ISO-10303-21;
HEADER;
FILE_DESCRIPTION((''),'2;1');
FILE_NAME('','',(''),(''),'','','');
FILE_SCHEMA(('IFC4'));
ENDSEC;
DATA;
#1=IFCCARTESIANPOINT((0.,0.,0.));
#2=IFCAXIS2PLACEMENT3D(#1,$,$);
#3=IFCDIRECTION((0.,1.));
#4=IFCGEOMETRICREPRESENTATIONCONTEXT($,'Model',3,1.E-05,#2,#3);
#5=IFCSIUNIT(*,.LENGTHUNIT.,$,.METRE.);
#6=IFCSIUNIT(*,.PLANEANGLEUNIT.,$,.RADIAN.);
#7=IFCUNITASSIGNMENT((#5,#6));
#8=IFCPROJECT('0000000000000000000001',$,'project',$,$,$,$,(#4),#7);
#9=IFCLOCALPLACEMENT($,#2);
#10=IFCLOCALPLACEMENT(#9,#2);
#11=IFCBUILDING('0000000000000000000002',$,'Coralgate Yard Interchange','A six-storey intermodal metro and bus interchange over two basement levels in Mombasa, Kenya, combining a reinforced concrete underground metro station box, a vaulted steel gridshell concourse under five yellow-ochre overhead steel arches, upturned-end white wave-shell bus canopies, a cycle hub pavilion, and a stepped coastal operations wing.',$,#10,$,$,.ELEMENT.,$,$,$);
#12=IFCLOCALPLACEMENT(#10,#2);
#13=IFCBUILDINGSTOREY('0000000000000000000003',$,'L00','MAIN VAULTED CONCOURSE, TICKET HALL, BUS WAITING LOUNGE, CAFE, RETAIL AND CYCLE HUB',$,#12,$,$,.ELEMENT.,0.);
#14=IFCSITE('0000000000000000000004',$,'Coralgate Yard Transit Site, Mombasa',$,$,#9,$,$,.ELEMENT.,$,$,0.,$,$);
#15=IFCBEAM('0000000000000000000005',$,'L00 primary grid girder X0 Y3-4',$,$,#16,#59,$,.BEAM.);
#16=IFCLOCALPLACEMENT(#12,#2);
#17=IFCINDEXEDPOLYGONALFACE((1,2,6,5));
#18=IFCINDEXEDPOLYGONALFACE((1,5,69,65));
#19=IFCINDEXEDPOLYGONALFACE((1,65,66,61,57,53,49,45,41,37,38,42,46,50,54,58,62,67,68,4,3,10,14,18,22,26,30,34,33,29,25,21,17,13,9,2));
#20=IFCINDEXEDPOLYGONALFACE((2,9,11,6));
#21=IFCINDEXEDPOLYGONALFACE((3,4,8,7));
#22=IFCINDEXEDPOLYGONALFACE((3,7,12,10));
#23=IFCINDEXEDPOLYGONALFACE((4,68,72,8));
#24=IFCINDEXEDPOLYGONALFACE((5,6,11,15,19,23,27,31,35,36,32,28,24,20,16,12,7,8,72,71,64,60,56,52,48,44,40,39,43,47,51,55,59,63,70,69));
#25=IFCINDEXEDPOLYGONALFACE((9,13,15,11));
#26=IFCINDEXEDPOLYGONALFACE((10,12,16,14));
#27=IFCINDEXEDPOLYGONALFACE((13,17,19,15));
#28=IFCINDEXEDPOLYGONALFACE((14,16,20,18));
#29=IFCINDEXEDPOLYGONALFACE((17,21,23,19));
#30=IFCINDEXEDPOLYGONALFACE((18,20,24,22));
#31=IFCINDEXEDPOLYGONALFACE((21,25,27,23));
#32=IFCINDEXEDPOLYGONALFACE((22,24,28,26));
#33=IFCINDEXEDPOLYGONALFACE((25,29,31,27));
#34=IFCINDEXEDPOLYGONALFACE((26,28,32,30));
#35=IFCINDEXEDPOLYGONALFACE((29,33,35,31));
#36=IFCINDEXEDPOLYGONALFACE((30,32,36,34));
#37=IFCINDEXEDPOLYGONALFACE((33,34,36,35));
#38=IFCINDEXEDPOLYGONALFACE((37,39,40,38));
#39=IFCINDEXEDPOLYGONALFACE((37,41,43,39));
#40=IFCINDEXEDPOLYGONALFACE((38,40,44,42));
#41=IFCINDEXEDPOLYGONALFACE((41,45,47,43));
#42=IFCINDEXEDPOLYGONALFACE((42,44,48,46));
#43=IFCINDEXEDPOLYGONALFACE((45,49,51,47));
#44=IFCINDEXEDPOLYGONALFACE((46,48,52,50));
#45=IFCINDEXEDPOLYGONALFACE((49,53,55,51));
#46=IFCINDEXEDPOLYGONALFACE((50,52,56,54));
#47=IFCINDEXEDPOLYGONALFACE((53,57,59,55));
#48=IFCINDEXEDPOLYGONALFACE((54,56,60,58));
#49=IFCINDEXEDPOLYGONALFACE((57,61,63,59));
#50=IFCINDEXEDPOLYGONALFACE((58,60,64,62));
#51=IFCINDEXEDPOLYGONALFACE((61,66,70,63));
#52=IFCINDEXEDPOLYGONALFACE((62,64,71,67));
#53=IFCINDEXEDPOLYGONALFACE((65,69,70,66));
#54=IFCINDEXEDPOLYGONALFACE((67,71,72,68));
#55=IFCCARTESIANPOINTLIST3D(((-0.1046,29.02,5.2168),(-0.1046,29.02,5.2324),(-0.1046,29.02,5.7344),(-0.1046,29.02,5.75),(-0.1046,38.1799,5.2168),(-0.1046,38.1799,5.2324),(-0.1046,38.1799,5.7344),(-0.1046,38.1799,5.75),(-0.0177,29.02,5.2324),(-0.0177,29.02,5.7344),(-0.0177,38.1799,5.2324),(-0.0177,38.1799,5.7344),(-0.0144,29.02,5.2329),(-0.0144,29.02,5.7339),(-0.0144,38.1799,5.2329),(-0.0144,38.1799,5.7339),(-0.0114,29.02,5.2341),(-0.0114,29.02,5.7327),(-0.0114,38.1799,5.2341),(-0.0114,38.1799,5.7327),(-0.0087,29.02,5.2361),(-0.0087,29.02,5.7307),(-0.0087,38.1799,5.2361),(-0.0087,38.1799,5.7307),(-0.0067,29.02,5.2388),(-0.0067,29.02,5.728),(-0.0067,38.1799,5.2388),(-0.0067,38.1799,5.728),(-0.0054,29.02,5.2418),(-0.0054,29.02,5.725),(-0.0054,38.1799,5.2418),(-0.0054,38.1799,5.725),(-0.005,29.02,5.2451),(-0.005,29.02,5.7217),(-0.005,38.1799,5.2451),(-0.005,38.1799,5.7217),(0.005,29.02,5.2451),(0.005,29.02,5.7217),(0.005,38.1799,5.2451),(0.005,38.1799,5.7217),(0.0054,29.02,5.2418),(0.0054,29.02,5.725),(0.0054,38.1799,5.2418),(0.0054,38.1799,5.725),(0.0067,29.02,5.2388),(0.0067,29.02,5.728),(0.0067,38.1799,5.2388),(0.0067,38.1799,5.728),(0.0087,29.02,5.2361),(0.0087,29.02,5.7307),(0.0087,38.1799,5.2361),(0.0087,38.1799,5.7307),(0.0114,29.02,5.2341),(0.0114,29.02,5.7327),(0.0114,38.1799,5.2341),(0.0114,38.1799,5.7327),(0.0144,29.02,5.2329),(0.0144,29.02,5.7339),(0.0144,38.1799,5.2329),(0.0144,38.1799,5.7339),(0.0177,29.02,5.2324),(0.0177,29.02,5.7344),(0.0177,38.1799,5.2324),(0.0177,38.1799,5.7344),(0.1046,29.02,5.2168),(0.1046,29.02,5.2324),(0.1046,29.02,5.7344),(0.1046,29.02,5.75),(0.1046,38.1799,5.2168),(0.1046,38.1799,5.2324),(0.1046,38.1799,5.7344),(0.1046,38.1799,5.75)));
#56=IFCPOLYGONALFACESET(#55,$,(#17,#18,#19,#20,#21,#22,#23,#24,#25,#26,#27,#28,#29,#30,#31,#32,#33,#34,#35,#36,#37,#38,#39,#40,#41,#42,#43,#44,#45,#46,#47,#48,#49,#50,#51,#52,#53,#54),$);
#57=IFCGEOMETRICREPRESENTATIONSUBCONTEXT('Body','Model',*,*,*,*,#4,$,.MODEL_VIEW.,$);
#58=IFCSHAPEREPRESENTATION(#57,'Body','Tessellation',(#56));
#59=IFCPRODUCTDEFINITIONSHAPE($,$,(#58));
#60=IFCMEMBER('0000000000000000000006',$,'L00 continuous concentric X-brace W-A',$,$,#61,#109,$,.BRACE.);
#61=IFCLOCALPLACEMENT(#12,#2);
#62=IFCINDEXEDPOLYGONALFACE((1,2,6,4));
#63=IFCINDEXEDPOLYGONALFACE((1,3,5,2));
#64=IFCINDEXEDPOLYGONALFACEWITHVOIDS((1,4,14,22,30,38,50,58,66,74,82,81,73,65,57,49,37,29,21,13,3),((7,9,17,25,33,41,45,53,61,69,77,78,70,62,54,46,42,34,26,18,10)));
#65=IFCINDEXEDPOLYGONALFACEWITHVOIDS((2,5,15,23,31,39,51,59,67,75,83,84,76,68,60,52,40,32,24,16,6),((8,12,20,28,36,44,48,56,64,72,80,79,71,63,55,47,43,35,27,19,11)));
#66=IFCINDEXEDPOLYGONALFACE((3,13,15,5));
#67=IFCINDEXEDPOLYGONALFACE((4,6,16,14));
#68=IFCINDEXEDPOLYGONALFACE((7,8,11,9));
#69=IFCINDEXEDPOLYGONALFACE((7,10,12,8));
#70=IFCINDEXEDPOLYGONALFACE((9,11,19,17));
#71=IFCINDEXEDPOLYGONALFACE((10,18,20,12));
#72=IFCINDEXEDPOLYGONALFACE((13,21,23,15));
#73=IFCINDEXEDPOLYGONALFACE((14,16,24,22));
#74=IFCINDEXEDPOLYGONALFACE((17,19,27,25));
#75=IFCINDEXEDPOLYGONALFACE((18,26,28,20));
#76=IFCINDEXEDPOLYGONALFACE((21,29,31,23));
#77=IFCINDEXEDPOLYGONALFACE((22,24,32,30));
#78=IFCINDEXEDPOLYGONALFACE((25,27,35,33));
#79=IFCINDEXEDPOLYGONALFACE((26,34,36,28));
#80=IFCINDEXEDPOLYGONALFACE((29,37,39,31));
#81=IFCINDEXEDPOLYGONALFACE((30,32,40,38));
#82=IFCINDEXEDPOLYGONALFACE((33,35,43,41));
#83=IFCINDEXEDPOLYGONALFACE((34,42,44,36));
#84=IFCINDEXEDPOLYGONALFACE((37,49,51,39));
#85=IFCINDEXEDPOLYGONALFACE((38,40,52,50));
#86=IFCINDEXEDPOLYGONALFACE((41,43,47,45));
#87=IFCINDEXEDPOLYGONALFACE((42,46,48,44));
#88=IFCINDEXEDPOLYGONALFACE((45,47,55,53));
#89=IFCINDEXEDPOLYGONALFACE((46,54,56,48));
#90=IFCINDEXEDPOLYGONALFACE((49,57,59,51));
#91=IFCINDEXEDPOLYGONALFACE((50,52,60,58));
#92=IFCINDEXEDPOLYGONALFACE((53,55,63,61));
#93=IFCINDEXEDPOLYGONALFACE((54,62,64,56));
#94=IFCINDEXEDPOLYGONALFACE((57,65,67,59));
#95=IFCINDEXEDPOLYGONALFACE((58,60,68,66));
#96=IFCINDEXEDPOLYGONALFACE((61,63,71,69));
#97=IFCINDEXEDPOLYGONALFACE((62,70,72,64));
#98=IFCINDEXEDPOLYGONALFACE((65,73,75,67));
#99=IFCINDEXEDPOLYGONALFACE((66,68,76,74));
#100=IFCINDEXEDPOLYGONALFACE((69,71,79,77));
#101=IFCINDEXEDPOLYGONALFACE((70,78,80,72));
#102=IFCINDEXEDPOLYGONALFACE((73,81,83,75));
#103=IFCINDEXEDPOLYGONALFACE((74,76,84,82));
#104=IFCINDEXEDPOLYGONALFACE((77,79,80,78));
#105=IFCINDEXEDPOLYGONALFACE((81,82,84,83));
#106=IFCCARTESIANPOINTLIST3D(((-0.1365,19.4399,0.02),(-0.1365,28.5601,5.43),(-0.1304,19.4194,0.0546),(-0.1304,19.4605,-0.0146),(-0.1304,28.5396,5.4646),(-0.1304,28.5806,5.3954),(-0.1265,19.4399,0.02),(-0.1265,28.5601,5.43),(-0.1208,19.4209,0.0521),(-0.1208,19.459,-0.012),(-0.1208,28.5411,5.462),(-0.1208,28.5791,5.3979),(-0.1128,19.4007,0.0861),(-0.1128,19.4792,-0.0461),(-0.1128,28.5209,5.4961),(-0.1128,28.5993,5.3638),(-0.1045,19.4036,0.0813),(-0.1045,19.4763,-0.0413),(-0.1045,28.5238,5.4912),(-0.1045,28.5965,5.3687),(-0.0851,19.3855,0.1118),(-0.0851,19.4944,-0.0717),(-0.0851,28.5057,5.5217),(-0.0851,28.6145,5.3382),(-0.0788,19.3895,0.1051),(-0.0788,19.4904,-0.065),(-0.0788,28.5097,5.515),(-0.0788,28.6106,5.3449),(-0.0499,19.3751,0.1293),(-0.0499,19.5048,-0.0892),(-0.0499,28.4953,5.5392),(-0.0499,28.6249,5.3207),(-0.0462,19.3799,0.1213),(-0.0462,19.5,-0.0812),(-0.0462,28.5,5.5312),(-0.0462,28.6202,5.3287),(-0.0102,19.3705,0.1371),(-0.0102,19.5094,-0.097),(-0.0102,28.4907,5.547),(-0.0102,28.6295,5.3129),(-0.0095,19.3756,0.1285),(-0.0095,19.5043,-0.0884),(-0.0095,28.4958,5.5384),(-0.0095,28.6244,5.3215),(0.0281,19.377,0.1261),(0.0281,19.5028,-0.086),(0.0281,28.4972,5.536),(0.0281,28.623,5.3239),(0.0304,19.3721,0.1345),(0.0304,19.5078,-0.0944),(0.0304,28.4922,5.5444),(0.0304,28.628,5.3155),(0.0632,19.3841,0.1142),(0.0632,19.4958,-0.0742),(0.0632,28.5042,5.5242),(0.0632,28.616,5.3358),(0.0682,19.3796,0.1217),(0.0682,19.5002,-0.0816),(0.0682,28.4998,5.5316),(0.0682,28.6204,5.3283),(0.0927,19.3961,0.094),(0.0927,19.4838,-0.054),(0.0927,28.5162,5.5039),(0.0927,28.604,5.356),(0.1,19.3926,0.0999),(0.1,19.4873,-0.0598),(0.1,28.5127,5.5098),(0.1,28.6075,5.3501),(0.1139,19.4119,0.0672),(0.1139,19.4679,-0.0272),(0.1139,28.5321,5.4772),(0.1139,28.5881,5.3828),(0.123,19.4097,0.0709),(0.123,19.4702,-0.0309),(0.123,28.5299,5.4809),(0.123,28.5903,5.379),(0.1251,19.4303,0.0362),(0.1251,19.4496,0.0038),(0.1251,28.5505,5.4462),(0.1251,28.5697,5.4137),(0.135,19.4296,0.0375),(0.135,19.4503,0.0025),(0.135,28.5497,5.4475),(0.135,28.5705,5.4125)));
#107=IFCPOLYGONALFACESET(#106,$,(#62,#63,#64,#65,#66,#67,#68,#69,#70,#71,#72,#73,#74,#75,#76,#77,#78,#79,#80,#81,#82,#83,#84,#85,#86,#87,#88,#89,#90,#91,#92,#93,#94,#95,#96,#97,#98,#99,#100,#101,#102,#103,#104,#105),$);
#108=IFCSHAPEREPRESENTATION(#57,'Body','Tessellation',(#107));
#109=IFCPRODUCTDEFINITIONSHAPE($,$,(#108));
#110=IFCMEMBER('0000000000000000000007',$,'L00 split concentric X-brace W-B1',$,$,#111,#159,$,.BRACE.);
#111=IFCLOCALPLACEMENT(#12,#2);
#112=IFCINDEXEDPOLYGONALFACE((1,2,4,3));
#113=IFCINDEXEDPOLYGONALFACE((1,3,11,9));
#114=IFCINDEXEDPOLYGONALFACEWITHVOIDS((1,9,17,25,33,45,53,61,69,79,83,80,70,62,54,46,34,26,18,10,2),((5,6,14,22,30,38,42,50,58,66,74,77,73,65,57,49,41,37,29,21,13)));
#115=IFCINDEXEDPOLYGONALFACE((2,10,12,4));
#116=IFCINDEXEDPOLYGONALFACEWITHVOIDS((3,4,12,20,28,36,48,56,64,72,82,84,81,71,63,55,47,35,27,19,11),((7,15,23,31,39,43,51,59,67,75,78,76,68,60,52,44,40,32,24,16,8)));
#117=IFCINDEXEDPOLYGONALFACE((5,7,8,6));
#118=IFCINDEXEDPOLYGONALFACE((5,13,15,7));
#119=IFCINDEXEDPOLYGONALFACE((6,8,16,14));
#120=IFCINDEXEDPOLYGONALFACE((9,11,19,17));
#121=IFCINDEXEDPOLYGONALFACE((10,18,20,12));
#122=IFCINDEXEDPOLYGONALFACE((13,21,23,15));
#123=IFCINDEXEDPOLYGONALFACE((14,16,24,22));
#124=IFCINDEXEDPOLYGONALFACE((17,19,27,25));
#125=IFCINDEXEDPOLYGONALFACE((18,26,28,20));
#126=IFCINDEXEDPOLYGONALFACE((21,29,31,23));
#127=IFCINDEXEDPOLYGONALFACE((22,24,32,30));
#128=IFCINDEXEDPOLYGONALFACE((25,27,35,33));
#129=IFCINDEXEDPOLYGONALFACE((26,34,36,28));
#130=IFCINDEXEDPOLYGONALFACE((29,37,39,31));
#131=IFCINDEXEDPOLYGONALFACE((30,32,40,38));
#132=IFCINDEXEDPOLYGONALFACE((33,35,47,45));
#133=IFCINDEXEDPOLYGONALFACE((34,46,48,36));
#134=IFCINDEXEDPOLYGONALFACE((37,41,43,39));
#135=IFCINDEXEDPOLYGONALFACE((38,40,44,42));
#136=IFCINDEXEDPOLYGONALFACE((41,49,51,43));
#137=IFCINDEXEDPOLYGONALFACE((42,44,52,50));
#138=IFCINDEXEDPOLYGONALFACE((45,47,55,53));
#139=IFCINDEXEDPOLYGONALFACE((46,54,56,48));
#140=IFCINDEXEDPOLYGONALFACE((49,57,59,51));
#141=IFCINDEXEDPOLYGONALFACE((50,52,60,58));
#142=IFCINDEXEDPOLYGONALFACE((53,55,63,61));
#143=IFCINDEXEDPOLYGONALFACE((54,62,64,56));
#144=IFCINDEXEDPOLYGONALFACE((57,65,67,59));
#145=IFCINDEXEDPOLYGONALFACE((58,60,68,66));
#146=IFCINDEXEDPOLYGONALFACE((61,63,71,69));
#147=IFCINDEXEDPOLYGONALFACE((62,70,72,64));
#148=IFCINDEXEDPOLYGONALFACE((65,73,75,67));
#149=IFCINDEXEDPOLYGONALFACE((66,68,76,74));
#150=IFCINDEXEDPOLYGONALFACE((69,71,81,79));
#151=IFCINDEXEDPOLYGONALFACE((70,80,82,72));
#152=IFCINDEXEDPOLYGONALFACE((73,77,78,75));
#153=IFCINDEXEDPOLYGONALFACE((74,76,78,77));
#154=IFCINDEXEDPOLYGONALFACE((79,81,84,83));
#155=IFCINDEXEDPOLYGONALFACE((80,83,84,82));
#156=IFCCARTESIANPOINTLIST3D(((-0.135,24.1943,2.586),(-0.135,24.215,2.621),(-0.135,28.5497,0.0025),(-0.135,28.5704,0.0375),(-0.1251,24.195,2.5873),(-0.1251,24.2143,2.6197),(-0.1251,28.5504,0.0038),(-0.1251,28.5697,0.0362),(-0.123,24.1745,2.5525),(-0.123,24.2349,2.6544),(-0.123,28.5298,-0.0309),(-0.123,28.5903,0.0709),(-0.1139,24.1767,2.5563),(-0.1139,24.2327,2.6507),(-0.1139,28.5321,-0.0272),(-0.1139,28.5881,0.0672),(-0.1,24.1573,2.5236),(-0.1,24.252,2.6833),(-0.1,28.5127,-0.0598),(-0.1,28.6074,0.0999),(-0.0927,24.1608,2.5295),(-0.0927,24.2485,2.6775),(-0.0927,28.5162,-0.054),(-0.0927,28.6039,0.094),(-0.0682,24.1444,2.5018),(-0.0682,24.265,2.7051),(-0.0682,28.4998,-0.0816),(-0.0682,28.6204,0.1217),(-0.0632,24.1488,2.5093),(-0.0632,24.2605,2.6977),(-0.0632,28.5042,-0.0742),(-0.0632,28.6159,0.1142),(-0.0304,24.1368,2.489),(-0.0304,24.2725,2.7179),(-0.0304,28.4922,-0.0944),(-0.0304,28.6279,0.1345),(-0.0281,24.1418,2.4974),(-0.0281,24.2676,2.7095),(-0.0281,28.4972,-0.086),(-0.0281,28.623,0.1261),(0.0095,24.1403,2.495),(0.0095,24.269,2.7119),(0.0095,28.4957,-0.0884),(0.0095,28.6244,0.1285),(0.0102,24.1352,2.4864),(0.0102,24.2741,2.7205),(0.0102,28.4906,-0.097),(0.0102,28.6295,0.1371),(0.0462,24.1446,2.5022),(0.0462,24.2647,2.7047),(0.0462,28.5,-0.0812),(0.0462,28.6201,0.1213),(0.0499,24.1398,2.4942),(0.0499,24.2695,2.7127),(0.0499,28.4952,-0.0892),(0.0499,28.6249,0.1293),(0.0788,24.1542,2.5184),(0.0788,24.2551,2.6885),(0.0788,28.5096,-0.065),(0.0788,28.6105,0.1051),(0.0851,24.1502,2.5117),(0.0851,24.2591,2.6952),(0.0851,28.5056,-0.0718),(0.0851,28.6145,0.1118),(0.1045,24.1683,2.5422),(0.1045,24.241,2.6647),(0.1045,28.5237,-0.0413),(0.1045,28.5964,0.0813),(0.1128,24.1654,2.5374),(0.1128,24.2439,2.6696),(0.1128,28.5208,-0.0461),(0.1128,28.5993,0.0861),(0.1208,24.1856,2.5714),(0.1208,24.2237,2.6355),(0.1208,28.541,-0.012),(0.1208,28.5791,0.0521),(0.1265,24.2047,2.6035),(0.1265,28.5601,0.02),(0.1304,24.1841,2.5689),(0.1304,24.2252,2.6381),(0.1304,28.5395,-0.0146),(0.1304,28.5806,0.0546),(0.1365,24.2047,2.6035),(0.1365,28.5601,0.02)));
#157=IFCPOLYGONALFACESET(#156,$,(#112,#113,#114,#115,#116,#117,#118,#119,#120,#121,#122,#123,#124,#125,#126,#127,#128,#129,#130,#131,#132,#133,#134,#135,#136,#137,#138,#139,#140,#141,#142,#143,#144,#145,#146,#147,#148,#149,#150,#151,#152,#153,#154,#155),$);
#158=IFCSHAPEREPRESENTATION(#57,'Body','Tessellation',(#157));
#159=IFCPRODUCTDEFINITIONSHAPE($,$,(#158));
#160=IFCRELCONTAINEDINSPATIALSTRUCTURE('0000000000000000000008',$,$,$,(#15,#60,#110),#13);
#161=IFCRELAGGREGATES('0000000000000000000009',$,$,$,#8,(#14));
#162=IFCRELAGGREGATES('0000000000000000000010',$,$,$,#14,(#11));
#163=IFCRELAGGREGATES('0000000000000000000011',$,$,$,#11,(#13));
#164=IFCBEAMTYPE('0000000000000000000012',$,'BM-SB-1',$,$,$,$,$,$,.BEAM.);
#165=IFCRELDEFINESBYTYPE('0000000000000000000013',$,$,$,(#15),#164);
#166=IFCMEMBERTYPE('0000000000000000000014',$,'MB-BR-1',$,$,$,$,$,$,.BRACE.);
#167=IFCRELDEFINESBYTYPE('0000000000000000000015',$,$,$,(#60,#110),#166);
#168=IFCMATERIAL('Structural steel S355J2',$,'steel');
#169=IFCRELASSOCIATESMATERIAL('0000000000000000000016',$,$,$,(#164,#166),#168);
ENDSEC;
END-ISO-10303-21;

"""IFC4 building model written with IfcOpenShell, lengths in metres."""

from ifc_helpers import new_model, si_unit, direction, frame, origin, origin_2d, place, context, subcontext, project, spatial, hollow_circle, i_section, extrude, material, material_profile, profile_set, type_object, element, save


model = new_model("IFC4")

# Units and contexts
model_context = context("Model", 3, precision=1e-05, world=origin(), true_north=direction((0.0, 1.0)))
body_context = subcontext(model_context, "Body", "Model", "MODEL_VIEW")
ifc_project = project(units=[si_unit("LENGTHUNIT", "METRE"), si_unit("PLANEANGLEUNIT", "RADIAN")], contexts=[model_context])

# Site, building, storey
site_placement = place(None, origin())
site = spatial("IfcSite", under=ifc_project, at=site_placement, Name="Coralgate Yard Transit Site, Mombasa", CompositionType="ELEMENT", RefElevation=0.0)
building_placement = place(site_placement, origin())
building = spatial("IfcBuilding", under=site, at=building_placement, Name="Coralgate Yard Interchange", Description="A six-storey intermodal metro and bus interchange over two basement levels in Mombasa, Kenya, combining a reinforced concrete underground metro station box, a vaulted steel gridshell concourse under five yellow-ochre overhead steel arches, upturned-end white wave-shell bus canopies, a cycle hub pavilion, and a stepped coastal operations wing.", CompositionType="ELEMENT")
storey_placement = place(building_placement, origin())
storey = spatial("IfcBuildingStorey", under=building, at=storey_placement, Name="L00", Description="MAIN VAULTED CONCOURSE, TICKET HALL, BUS WAITING LOUNGE, CAFE, RETAIL AND CYCLE HUB", CompositionType="ELEMENT", Elevation=0.0)

# Shared definitions
ifc_material_1 = material(Name="Structural steel S355J2", Category="steel")

# Beam
ifc_material_profile_1 = material_profile(ifc_material_1, i_section(OverallWidth=0.2092, OverallDepth=0.5332, WebThickness=0.01, FlangeThickness=0.0156, FilletRadius=0.0127, at=origin_2d()), Name="UB 533x210x92")
ifc_profile_set_1 = profile_set([ifc_material_profile_1], Name="Structural steel S355J2")
beam_type = type_object("IfcBeamType", Name="BM-SB-1", PredefinedType="BEAM", material=ifc_profile_set_1)
beam_1_placement = place(storey_placement, frame((0.0, 29.02, 5.4834), z_axis=(0.0, 1.0, 0.0), x_axis=(-1.0, 0.0, 0.0)))
element("IfcBeam", 1, at=beam_1_placement, inside=storey, type_object=beam_type, Name="L00 primary grid girder X0 Y3-4", PredefinedType="BEAM", context=body_context, shape_type="SweptSolid", body=[
    extrude(i_section(OverallWidth=0.2092, OverallDepth=0.5332, WebThickness=0.01, FlangeThickness=0.0156, FilletRadius=0.0127, at=origin_2d()), origin(), (0.0, 0.0, 1.0), 9.1599),
])

# Members
ifc_material_profile_2 = material_profile(ifc_material_1, hollow_circle(Radius=0.1365, WallThickness=0.01, at=origin_2d()), Name="CHS 273x10")
ifc_profile_set_2 = profile_set([ifc_material_profile_2], Name="Structural steel S355J2")
member_type_1 = type_object("IfcMemberType", Name="MB-BR-1", PredefinedType="BRACE", material=ifc_profile_set_2)
member_1_placement = place(storey_placement, frame((0.0, 19.4399, 0.02), z_axis=(0.0, 0.860068, 0.510179), x_axis=(-1.0, 0.0, 0.0)))
element("IfcMember", 2, at=member_1_placement, inside=storey, type_object=member_type_1, Name="L00 continuous concentric X-brace W-A", PredefinedType="BRACE", context=body_context, shape_type="SweptSolid", body=[
    extrude(hollow_circle(Radius=0.1365, WallThickness=0.01, at=origin_2d()), origin(), (0.0, 0.0, 1.0), 10.604),
])
for number, where, z_axis, x_axis, name in (
    (3, (0.0, 28.5601, 0.02), (0.0, -0.860077, 0.510164), (1.0, 0.0, 0.0), "L00 split concentric X-brace W-B1"),
):
    element("IfcMember", number, at=place(storey_placement, frame(where, z_axis=z_axis, x_axis=x_axis)), inside=storey, type_object=member_type_1, Name=name, PredefinedType="BRACE", context=body_context, shape_type="SweptSolid", body=[
        extrude(hollow_circle(Radius=0.1365, WallThickness=0.01, at=origin_2d()), origin(), (0.0, 0.0, 1.0), 5.064),
    ])

save(model, "model.ifc")
